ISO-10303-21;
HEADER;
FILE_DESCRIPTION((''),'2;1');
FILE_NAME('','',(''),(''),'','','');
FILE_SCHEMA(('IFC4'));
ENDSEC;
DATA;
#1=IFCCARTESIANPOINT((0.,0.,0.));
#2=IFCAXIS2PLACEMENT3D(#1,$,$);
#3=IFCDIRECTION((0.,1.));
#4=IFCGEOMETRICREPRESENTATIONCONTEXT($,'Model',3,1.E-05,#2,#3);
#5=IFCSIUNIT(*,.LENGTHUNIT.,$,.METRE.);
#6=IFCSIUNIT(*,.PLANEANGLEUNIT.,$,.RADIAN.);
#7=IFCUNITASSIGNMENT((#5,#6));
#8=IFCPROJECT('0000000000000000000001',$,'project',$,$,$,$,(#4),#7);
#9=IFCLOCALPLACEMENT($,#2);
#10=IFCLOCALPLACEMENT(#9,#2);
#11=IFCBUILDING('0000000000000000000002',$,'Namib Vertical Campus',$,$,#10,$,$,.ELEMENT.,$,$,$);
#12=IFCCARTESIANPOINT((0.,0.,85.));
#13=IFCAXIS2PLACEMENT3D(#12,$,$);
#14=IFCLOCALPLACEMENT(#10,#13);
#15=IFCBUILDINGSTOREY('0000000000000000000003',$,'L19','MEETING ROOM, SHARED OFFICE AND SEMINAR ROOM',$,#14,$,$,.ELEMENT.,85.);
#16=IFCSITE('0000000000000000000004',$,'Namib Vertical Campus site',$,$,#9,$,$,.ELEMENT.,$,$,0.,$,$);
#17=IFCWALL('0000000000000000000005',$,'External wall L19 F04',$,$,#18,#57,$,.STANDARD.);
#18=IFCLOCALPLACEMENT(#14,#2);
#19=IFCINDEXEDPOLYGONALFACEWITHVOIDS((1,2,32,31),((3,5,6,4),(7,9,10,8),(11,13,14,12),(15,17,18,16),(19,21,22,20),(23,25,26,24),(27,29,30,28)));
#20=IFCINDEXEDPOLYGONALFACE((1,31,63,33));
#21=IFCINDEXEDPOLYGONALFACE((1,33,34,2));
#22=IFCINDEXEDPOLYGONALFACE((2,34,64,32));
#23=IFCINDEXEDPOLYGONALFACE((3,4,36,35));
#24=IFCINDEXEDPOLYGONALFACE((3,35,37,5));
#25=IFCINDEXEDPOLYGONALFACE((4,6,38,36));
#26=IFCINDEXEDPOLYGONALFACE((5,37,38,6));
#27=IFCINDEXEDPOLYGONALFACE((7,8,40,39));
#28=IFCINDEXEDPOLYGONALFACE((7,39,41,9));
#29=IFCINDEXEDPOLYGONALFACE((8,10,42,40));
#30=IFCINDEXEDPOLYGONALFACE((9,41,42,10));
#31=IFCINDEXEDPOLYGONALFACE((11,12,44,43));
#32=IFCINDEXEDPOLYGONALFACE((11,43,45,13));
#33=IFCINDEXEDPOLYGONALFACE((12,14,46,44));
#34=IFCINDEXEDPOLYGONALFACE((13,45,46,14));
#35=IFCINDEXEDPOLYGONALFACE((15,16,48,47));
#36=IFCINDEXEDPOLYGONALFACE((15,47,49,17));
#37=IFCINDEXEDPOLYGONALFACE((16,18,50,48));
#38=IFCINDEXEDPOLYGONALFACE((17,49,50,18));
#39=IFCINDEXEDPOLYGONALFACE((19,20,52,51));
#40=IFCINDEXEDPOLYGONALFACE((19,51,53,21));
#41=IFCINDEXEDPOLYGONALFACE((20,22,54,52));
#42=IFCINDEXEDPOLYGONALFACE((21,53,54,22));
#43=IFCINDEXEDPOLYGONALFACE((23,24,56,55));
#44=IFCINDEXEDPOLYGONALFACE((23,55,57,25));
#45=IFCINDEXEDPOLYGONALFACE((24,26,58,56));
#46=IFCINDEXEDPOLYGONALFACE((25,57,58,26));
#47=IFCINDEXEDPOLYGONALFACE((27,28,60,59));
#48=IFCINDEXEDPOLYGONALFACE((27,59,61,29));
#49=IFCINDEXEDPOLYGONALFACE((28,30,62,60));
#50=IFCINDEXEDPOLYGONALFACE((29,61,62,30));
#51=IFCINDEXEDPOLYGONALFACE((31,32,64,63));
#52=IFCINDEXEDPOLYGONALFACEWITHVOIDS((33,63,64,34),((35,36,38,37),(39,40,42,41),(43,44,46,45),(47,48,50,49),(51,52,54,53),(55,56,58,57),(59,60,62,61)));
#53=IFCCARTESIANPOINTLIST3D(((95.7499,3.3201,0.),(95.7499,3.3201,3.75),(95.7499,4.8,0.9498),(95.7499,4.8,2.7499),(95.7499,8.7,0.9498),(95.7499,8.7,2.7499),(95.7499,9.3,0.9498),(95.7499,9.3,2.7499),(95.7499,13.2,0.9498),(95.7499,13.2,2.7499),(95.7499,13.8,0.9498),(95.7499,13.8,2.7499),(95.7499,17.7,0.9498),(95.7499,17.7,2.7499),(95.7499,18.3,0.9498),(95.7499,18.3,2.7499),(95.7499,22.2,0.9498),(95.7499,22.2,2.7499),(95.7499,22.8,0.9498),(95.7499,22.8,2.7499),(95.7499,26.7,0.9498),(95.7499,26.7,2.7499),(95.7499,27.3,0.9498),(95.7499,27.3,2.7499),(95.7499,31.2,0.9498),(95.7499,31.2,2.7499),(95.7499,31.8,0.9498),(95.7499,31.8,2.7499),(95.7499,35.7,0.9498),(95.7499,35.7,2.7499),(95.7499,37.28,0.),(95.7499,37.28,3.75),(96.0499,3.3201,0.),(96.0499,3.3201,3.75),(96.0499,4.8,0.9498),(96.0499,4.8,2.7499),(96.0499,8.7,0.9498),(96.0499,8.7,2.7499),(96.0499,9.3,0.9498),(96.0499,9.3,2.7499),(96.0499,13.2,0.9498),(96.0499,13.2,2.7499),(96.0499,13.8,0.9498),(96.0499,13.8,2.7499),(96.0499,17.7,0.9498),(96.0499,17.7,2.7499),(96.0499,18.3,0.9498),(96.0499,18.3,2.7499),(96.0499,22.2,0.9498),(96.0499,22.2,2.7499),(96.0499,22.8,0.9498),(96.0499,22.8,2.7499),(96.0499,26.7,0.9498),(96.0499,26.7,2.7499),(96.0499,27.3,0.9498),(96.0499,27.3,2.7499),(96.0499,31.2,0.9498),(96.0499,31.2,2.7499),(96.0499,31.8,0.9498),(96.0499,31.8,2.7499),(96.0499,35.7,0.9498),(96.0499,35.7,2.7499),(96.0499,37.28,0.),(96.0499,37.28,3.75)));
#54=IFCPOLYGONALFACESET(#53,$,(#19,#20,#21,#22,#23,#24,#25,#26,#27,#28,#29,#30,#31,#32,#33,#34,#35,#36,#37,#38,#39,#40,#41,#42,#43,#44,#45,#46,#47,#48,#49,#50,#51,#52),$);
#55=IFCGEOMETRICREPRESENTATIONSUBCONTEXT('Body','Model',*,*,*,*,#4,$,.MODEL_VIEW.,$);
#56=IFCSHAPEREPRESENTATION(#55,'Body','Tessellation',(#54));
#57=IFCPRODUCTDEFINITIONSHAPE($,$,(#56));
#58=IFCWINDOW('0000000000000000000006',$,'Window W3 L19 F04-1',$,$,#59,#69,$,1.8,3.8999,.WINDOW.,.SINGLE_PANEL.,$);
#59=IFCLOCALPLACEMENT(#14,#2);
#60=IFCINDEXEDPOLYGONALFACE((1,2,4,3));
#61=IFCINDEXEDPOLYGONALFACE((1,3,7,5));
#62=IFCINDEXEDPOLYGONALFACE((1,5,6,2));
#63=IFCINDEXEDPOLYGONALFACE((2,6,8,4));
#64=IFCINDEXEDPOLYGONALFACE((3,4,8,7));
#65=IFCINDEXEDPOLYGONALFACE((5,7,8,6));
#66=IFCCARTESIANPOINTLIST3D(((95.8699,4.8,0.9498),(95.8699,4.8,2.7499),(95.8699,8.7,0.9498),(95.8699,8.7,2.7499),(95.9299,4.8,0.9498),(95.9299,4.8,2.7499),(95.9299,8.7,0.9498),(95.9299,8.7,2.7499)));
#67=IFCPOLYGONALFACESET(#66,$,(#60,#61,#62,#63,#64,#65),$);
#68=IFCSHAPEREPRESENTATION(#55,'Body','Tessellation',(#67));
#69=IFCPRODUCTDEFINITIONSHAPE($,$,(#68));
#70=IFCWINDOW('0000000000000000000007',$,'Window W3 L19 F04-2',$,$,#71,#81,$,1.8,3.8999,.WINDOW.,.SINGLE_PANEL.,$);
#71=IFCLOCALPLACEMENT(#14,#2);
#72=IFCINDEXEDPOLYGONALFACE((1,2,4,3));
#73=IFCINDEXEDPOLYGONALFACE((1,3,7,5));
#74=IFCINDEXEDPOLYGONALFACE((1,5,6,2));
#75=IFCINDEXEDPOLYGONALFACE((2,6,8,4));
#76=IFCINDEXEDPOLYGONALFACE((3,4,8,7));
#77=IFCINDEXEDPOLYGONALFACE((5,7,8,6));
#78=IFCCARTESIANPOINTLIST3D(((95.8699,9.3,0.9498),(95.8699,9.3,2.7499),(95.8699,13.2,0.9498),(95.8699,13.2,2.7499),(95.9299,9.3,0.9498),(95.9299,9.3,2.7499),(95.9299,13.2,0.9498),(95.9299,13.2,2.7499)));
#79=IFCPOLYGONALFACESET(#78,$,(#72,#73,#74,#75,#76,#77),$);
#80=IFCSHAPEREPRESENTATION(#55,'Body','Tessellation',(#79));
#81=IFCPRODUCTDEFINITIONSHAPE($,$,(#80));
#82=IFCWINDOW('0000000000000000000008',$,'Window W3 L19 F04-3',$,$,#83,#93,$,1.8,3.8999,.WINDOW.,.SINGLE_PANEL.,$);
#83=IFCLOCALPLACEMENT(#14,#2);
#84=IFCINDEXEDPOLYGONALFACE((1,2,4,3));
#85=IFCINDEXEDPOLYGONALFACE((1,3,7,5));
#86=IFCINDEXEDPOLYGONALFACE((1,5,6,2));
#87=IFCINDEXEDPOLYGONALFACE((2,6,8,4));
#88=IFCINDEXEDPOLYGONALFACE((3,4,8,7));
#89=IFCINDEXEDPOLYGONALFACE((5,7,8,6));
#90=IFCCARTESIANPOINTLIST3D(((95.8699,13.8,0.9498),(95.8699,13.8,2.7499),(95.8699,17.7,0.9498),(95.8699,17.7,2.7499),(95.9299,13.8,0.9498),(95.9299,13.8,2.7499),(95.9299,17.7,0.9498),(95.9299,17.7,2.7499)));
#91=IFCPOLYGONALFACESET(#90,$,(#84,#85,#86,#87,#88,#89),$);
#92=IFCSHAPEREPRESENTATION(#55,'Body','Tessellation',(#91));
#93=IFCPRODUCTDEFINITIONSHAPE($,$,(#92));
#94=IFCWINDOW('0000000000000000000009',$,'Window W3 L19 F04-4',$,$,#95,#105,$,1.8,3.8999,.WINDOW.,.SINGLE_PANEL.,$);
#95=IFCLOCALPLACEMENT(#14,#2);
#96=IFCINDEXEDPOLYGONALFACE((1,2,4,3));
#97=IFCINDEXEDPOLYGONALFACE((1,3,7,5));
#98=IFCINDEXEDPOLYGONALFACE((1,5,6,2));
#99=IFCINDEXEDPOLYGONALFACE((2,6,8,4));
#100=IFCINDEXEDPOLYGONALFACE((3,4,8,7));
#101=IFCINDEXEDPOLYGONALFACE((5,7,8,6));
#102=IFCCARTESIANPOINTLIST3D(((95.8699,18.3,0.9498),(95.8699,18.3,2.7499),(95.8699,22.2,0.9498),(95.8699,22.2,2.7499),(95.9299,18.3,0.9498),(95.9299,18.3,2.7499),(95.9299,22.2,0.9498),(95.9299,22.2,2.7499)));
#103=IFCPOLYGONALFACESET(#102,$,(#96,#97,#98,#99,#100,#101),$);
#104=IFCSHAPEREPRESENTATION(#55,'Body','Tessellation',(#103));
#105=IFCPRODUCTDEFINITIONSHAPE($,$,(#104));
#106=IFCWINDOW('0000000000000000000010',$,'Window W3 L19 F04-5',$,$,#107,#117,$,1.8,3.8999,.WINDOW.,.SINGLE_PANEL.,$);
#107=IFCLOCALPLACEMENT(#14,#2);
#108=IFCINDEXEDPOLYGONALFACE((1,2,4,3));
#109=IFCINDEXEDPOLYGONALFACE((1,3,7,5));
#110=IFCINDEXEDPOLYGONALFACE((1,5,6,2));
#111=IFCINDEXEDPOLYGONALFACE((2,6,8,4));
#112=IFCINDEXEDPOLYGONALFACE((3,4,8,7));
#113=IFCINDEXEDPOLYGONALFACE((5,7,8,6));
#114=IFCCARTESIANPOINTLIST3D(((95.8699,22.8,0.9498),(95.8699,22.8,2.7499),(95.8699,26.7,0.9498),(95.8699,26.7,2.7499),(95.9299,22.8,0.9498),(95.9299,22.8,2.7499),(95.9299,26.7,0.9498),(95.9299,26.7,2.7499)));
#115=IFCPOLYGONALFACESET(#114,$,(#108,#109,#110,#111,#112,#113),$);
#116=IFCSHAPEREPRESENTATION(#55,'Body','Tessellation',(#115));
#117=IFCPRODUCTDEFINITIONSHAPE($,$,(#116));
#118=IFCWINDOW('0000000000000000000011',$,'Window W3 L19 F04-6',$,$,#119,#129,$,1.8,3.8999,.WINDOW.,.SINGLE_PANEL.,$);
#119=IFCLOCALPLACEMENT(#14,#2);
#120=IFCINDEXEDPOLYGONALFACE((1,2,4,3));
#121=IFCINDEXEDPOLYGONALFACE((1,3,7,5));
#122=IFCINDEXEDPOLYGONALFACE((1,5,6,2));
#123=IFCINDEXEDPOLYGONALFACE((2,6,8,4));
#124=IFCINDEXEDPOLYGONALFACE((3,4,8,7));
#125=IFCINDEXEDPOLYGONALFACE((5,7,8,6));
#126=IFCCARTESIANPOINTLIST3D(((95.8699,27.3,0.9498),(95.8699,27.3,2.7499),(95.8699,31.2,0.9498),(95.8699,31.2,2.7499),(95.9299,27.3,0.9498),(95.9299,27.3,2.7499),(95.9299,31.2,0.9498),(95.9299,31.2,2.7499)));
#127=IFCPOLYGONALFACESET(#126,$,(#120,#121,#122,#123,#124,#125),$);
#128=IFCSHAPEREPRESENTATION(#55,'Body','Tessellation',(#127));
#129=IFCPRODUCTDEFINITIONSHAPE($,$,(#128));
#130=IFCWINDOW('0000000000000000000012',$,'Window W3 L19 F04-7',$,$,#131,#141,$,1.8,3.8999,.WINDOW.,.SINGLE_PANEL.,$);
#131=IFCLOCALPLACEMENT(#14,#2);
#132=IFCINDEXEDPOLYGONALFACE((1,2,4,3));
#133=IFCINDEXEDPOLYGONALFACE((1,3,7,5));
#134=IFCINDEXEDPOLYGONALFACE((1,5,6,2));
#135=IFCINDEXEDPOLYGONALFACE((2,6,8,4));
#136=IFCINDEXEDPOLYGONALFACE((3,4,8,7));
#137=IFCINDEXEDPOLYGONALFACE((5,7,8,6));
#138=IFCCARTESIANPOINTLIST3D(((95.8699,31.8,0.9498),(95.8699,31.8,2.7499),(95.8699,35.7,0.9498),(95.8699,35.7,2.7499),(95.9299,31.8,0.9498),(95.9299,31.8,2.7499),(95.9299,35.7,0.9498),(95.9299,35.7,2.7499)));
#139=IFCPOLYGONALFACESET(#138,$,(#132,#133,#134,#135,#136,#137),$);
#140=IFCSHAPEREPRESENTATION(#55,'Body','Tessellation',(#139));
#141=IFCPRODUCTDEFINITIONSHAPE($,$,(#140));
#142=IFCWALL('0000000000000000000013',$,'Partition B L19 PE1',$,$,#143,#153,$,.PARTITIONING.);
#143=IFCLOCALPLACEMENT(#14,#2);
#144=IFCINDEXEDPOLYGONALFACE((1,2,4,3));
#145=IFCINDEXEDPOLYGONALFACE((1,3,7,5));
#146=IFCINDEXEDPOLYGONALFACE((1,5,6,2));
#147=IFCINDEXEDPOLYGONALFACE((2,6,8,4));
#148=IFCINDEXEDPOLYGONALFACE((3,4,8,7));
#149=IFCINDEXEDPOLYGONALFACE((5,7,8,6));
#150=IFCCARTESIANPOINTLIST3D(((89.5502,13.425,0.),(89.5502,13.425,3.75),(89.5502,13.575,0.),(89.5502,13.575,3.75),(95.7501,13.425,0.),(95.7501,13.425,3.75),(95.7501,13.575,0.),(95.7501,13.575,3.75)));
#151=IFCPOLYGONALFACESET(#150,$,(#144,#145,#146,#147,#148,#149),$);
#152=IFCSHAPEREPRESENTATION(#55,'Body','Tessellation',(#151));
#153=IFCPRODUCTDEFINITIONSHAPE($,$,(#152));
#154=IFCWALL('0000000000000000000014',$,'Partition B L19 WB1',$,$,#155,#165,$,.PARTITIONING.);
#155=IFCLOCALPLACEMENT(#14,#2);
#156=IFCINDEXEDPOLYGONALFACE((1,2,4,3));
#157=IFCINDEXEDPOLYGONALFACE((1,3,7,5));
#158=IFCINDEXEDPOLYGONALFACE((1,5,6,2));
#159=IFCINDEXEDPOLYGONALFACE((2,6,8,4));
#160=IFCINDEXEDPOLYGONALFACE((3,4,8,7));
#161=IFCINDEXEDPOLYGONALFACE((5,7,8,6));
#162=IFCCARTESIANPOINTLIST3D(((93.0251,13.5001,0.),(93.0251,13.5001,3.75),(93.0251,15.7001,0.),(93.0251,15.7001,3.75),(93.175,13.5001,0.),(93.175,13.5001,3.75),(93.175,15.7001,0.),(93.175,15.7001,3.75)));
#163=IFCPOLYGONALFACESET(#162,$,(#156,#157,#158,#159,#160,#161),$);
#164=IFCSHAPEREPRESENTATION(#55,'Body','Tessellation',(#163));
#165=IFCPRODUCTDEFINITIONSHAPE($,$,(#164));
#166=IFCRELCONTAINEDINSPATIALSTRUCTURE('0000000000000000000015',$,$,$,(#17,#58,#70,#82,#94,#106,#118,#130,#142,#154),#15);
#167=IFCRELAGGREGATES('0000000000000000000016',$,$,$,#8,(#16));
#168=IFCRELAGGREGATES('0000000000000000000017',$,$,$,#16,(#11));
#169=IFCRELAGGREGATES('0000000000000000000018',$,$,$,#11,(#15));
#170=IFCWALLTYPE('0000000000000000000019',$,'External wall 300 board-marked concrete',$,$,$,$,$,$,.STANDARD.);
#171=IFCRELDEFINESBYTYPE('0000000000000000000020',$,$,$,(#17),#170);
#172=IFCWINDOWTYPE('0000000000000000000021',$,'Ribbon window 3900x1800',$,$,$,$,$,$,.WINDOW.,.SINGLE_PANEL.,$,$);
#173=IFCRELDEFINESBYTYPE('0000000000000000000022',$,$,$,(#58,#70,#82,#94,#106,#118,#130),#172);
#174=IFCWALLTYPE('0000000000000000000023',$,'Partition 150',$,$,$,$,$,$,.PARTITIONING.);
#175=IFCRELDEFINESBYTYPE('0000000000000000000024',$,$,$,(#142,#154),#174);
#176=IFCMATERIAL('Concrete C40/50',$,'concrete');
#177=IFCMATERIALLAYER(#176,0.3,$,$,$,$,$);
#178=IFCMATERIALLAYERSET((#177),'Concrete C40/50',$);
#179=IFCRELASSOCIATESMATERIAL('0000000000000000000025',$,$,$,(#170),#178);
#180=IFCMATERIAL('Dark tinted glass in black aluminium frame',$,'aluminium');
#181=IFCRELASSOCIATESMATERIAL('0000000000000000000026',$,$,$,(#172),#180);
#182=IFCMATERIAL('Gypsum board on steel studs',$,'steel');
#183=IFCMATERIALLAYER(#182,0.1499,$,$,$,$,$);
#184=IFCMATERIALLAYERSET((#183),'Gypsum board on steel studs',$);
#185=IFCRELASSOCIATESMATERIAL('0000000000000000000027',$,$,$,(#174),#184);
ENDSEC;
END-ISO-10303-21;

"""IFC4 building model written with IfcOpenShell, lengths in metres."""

from ifc_helpers import new_model, si_unit, direction, frame, frame_2d, origin, place, context, subcontext, project, spatial, rectangle, extrude, material, layer, layer_set, type_object, element, fill, save


model = new_model("IFC4")

# Units and contexts
model_context = context("Model", 3, precision=1e-05, world=origin(), true_north=direction((0.0, 1.0)))
body_context = subcontext(model_context, "Body", "Model", "MODEL_VIEW")
ifc_project = project(units=[si_unit("LENGTHUNIT", "METRE"), si_unit("PLANEANGLEUNIT", "RADIAN")], contexts=[model_context])

# Site, building, storey
site_placement = place(None, origin())
site = spatial("IfcSite", under=ifc_project, at=site_placement, Name="Namib Vertical Campus site", CompositionType="ELEMENT", RefElevation=0.0)
building_placement = place(site_placement, origin())
building = spatial("IfcBuilding", under=site, at=building_placement, Name="Namib Vertical Campus", CompositionType="ELEMENT")
storey_placement = place(building_placement, frame((0.0, 0.0, 85.0)))
storey = spatial("IfcBuildingStorey", under=building, at=storey_placement, Name="L19", Description="MEETING ROOM, SHARED OFFICE AND SEMINAR ROOM", CompositionType="ELEMENT", Elevation=85.0)

# Wall, openings, windows
ifc_material_1 = material(Name="Concrete C40/50", Category="concrete")
ifc_layer_1 = layer(ifc_material_1, 0.3)
ifc_layer_set_1 = layer_set([ifc_layer_1], Name="Concrete C40/50")
wall_type_1 = type_object("IfcWallType", Name="External wall 300 board-marked concrete", PredefinedType="STANDARD", material=ifc_layer_set_1)
wall_1_placement = place(storey_placement, frame((95.8999, 3.3201, 0.0), z_axis=(0.0, 0.0, 1.0), x_axis=(0.0, 1.0, 0.0)))
wall_1 = element("IfcWall", 1, at=wall_1_placement, inside=storey, type_object=wall_type_1, Name="External wall L19 F04", PredefinedType="STANDARD", context=body_context, shape_type="SweptSolid", body=[
    extrude(rectangle(XDim=33.96, YDim=0.3, at=frame_2d((16.98, 0.0))), origin(), (0.0, 0.0, 1.0), 3.75),
])
opening_1_placement = place(wall_1_placement, frame((1.48, 0.0, 0.95)))
opening_1 = element("IfcOpeningElement", 2, at=opening_1_placement, cuts=wall_1, PredefinedType="OPENING", context=body_context, shape_type="SweptSolid", body=[
    extrude(rectangle(XDim=3.8999, YDim=1.8, at=frame_2d((1.95, 0.8999))), frame((0.0, 0.1599, 0.0), z_axis=(0.0, -1.0, 0.0), x_axis=(1.0, 0.0, 0.0)), (0.0, 0.0, 1.0), 0.3201),
])
opening_2_placement = place(wall_1_placement, frame((5.98, 0.0, 0.95)))
opening_2 = element("IfcOpeningElement", 3, at=opening_2_placement, cuts=wall_1, PredefinedType="OPENING", context=body_context, shape_type="SweptSolid", body=[
    extrude(rectangle(XDim=3.8999, YDim=1.8, at=frame_2d((1.95, 0.8999))), frame((0.0, 0.1599, 0.0), z_axis=(0.0, -1.0, 0.0), x_axis=(1.0, 0.0, 0.0)), (0.0, 0.0, 1.0), 0.3201),
])
opening_3_placement = place(wall_1_placement, frame((10.48, 0.0, 0.95)))
opening_3 = element("IfcOpeningElement", 4, at=opening_3_placement, cuts=wall_1, PredefinedType="OPENING", context=body_context, shape_type="SweptSolid", body=[
    extrude(rectangle(XDim=3.8999, YDim=1.8, at=frame_2d((1.95, 0.8999))), frame((0.0, 0.1599, 0.0), z_axis=(0.0, -1.0, 0.0), x_axis=(1.0, 0.0, 0.0)), (0.0, 0.0, 1.0), 0.3201),
])
opening_4_placement = place(wall_1_placement, frame((14.98, 0.0, 0.95)))
opening_4 = element("IfcOpeningElement", 5, at=opening_4_placement, cuts=wall_1, PredefinedType="OPENING", context=body_context, shape_type="SweptSolid", body=[
    extrude(rectangle(XDim=3.8999, YDim=1.8, at=frame_2d((1.95, 0.8999))), frame((0.0, 0.1599, 0.0), z_axis=(0.0, -1.0, 0.0), x_axis=(1.0, 0.0, 0.0)), (0.0, 0.0, 1.0), 0.3201),
])
opening_5_placement = place(wall_1_placement, frame((19.48, 0.0, 0.95)))
opening_5 = element("IfcOpeningElement", 6, at=opening_5_placement, cuts=wall_1, PredefinedType="OPENING", context=body_context, shape_type="SweptSolid", body=[
    extrude(rectangle(XDim=3.8999, YDim=1.8, at=frame_2d((1.95, 0.8999))), frame((0.0, 0.1599, 0.0), z_axis=(0.0, -1.0, 0.0), x_axis=(1.0, 0.0, 0.0)), (0.0, 0.0, 1.0), 0.3201),
])
opening_6_placement = place(wall_1_placement, frame((23.98, 0.0, 0.95)))
opening_6 = element("IfcOpeningElement", 7, at=opening_6_placement, cuts=wall_1, PredefinedType="OPENING", context=body_context, shape_type="SweptSolid", body=[
    extrude(rectangle(XDim=3.8999, YDim=1.8, at=frame_2d((1.95, 0.8999))), frame((0.0, 0.1599, 0.0), z_axis=(0.0, -1.0, 0.0), x_axis=(1.0, 0.0, 0.0)), (0.0, 0.0, 1.0), 0.3201),
])
opening_7_placement = place(wall_1_placement, frame((28.48, 0.0, 0.95)))
opening_7 = element("IfcOpeningElement", 8, at=opening_7_placement, cuts=wall_1, PredefinedType="OPENING", context=body_context, shape_type="SweptSolid", body=[
    extrude(rectangle(XDim=3.8999, YDim=1.8, at=frame_2d((1.95, 0.8999))), frame((0.0, 0.1599, 0.0), z_axis=(0.0, -1.0, 0.0), x_axis=(1.0, 0.0, 0.0)), (0.0, 0.0, 1.0), 0.3201),
])
ifc_material_2 = material(Name="Dark tinted glass in black aluminium frame", Category="aluminium")
window_type = type_object("IfcWindowType", Name="Ribbon window 3900x1800", PartitioningType="SINGLE_PANEL", PredefinedType="WINDOW", material=ifc_material_2)
window_1_placement = place(opening_1_placement, origin())
window_1 = element("IfcWindow", 9, at=window_1_placement, inside=storey, type_object=window_type, Name="Window W3 L19 F04-1", OverallHeight=1.8, OverallWidth=3.8999, PartitioningType="SINGLE_PANEL", PredefinedType="WINDOW", context=body_context, shape_type="SweptSolid", body=[
    extrude(rectangle(XDim=3.8999, YDim=1.8, at=frame_2d((1.95, 0.8999))), frame((0.0, 0.03, 0.0), z_axis=(0.0, -1.0, 0.0), x_axis=(1.0, 0.0, 0.0)), (0.0, 0.0, 1.0), 0.0601),
])
fill(opening_1, window_1)
window_2_placement = place(opening_2_placement, origin())
window_2 = element("IfcWindow", 10, at=window_2_placement, inside=storey, type_object=window_type, Name="Window W3 L19 F04-2", OverallHeight=1.8, OverallWidth=3.8999, PartitioningType="SINGLE_PANEL", PredefinedType="WINDOW", context=body_context, shape_type="SweptSolid", body=[
    extrude(rectangle(XDim=3.8999, YDim=1.8, at=frame_2d((1.95, 0.8999))), frame((0.0, 0.03, 0.0), z_axis=(0.0, -1.0, 0.0), x_axis=(1.0, 0.0, 0.0)), (0.0, 0.0, 1.0), 0.0601),
])
fill(opening_2, window_2)
window_3_placement = place(opening_3_placement, origin())
window_3 = element("IfcWindow", 11, at=window_3_placement, inside=storey, type_object=window_type, Name="Window W3 L19 F04-3", OverallHeight=1.8, OverallWidth=3.8999, PartitioningType="SINGLE_PANEL", PredefinedType="WINDOW", context=body_context, shape_type="SweptSolid", body=[
    extrude(rectangle(XDim=3.8999, YDim=1.8, at=frame_2d((1.95, 0.8999))), frame((0.0, 0.03, 0.0), z_axis=(0.0, -1.0, 0.0), x_axis=(1.0, 0.0, 0.0)), (0.0, 0.0, 1.0), 0.0601),
])
fill(opening_3, window_3)
window_4_placement = place(opening_4_placement, origin())
window_4 = element("IfcWindow", 12, at=window_4_placement, inside=storey, type_object=window_type, Name="Window W3 L19 F04-4", OverallHeight=1.8, OverallWidth=3.8999, PartitioningType="SINGLE_PANEL", PredefinedType="WINDOW", context=body_context, shape_type="SweptSolid", body=[
    extrude(rectangle(XDim=3.8999, YDim=1.8, at=frame_2d((1.95, 0.8999))), frame((0.0, 0.03, 0.0), z_axis=(0.0, -1.0, 0.0), x_axis=(1.0, 0.0, 0.0)), (0.0, 0.0, 1.0), 0.0601),
])
fill(opening_4, window_4)
window_5_placement = place(opening_5_placement, origin())
window_5 = element("IfcWindow", 13, at=window_5_placement, inside=storey, type_object=window_type, Name="Window W3 L19 F04-5", OverallHeight=1.8, OverallWidth=3.8999, PartitioningType="SINGLE_PANEL", PredefinedType="WINDOW", context=body_context, shape_type="SweptSolid", body=[
    extrude(rectangle(XDim=3.8999, YDim=1.8, at=frame_2d((1.95, 0.8999))), frame((0.0, 0.03, 0.0), z_axis=(0.0, -1.0, 0.0), x_axis=(1.0, 0.0, 0.0)), (0.0, 0.0, 1.0), 0.0601),
])
fill(opening_5, window_5)
window_6_placement = place(opening_6_placement, origin())
window_6 = element("IfcWindow", 14, at=window_6_placement, inside=storey, type_object=window_type, Name="Window W3 L19 F04-6", OverallHeight=1.8, OverallWidth=3.8999, PartitioningType="SINGLE_PANEL", PredefinedType="WINDOW", context=body_context, shape_type="SweptSolid", body=[
    extrude(rectangle(XDim=3.8999, YDim=1.8, at=frame_2d((1.95, 0.8999))), frame((0.0, 0.03, 0.0), z_axis=(0.0, -1.0, 0.0), x_axis=(1.0, 0.0, 0.0)), (0.0, 0.0, 1.0), 0.0601),
])
fill(opening_6, window_6)
window_7_placement = place(opening_7_placement, origin())
window_7 = element("IfcWindow", 15, at=window_7_placement, inside=storey, type_object=window_type, Name="Window W3 L19 F04-7", OverallHeight=1.8, OverallWidth=3.8999, PartitioningType="SINGLE_PANEL", PredefinedType="WINDOW", context=body_context, shape_type="SweptSolid", body=[
    extrude(rectangle(XDim=3.8999, YDim=1.8, at=frame_2d((1.95, 0.8999))), frame((0.0, 0.03, 0.0), z_axis=(0.0, -1.0, 0.0), x_axis=(1.0, 0.0, 0.0)), (0.0, 0.0, 1.0), 0.0601),
])
fill(opening_7, window_7)

# Walls
ifc_material_3 = material(Name="Gypsum board on steel studs", Category="steel")
ifc_layer_2 = layer(ifc_material_3, 0.1499)
ifc_layer_set_2 = layer_set([ifc_layer_2], Name="Gypsum board on steel studs")
wall_type_2 = type_object("IfcWallType", Name="Partition 150", PredefinedType="PARTITIONING", material=ifc_layer_set_2)
wall_2_placement = place(storey_placement, frame((89.55, 13.5, 0.0), z_axis=(0.0, 0.0, 1.0), x_axis=(1.0, 0.0, 0.0)))
element("IfcWall", 16, at=wall_2_placement, inside=storey, type_object=wall_type_2, Name="Partition B L19 PE1", PredefinedType="PARTITIONING", context=body_context, shape_type="SweptSolid", body=[
    extrude(rectangle(XDim=6.2, YDim=0.1499, at=frame_2d((3.1001, 0.0))), origin(), (0.0, 0.0, 1.0), 3.75),
])
wall_3_placement = place(storey_placement, frame((93.1001, 13.5, 0.0), z_axis=(0.0, 0.0, 1.0), x_axis=(0.0, 1.0, 0.0)))
element("IfcWall", 17, at=wall_3_placement, inside=storey, type_object=wall_type_2, Name="Partition B L19 WB1", PredefinedType="PARTITIONING", context=body_context, shape_type="SweptSolid", body=[
    extrude(rectangle(XDim=2.2, YDim=0.1499, at=frame_2d((1.1001, 0.0))), origin(), (0.0, 0.0, 1.0), 3.75),
])

save(model, "model.ifc")
